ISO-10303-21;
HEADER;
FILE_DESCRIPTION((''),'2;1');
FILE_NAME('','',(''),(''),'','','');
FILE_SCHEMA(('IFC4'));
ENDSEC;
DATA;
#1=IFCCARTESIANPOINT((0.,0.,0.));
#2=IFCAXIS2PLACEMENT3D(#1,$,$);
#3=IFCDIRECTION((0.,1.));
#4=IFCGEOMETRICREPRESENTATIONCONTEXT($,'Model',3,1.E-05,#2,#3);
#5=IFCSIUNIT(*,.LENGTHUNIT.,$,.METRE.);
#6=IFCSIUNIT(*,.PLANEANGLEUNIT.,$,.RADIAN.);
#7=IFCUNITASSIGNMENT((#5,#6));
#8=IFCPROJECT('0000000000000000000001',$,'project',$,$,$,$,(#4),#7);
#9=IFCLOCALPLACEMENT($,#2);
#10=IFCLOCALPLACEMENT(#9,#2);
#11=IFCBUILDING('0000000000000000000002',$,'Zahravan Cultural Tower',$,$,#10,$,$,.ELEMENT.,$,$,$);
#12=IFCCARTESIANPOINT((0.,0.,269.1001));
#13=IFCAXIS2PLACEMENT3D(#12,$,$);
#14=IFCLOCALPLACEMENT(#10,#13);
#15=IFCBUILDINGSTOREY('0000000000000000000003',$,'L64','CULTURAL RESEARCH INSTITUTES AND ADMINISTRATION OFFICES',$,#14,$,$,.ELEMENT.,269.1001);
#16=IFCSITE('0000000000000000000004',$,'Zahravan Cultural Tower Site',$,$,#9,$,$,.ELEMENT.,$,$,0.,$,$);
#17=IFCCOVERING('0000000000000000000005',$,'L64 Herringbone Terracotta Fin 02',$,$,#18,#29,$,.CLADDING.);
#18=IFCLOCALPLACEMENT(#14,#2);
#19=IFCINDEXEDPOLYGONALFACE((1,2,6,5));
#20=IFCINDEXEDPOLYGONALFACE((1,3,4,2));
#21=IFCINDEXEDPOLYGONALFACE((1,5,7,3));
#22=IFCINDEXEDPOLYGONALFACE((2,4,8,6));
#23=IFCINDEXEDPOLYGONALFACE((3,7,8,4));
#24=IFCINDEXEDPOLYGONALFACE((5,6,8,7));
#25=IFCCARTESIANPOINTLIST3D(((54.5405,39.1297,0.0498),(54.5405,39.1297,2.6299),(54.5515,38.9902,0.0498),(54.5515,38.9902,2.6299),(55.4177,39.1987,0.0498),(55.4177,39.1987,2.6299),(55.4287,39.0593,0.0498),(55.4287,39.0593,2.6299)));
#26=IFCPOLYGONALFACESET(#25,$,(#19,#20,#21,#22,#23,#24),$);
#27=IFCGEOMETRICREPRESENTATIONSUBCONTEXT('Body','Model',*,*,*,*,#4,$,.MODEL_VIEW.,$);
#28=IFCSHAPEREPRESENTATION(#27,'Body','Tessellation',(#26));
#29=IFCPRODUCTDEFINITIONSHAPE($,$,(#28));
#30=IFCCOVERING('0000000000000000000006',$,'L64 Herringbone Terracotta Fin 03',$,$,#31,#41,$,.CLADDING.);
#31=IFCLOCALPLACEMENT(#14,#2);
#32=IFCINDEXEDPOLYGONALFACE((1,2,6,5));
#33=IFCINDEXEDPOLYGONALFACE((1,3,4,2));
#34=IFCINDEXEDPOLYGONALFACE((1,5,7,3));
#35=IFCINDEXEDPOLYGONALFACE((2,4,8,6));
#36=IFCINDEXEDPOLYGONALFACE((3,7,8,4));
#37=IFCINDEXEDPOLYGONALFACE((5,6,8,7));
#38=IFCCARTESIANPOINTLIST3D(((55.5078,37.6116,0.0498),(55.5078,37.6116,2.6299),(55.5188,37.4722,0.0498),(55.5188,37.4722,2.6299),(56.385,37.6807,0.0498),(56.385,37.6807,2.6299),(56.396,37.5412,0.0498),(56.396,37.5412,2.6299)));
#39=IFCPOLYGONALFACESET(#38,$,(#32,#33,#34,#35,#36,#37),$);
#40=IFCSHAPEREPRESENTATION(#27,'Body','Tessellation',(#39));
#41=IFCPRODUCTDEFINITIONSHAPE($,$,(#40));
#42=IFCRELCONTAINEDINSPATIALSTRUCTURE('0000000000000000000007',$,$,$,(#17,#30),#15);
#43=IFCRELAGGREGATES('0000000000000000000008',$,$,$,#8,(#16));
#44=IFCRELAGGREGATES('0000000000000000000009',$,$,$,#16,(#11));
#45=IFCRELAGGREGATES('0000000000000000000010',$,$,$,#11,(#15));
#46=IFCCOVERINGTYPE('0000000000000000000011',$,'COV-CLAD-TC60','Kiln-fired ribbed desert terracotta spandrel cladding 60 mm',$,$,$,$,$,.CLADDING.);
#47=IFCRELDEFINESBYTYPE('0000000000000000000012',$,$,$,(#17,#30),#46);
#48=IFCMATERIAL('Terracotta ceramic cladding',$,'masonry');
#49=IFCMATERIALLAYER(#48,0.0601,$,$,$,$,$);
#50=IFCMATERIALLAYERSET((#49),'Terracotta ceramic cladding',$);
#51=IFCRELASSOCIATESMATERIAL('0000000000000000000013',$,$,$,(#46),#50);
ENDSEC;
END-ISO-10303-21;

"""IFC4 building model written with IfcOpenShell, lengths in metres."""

from ifc_helpers import new_model, si_unit, direction, frame, origin, origin_2d, place, context, subcontext, project, spatial, rectangle, extrude, source, transform, mapped, material, layer, layer_set, type_object, element, save


model = new_model("IFC4")

# Units and contexts
model_context = context("Model", 3, precision=1e-05, world=origin(), true_north=direction((0.0, 1.0)))
body_context = subcontext(model_context, "Body", "Model", "MODEL_VIEW")
ifc_project = project(units=[si_unit("LENGTHUNIT", "METRE"), si_unit("PLANEANGLEUNIT", "RADIAN")], contexts=[model_context])

# Site, building, storey
site_placement = place(None, origin())
site = spatial("IfcSite", under=ifc_project, at=site_placement, Name="Zahravan Cultural Tower Site", CompositionType="ELEMENT", RefElevation=0.0)
building_placement = place(site_placement, origin())
building = spatial("IfcBuilding", under=site, at=building_placement, Name="Zahravan Cultural Tower", CompositionType="ELEMENT")
storey_placement = place(building_placement, frame((0.0, 0.0, 269.1001)))
storey = spatial("IfcBuildingStorey", under=building, at=storey_placement, Name="L64", Description="CULTURAL RESEARCH INSTITUTES AND ADMINISTRATION OFFICES", CompositionType="ELEMENT", Elevation=269.1001)

# Coverings
ifc_material_1 = material(Name="Terracotta ceramic cladding", Category="masonry")
ifc_layer_1 = layer(ifc_material_1, 0.0601)
ifc_layer_set_1 = layer_set([ifc_layer_1], Name="Terracotta ceramic cladding")
covering_type = type_object("IfcCoveringType", Name="COV-CLAD-TC60", Description="Kiln-fired ribbed desert terracotta spandrel cladding 60 mm", PredefinedType="CLADDING", material=ifc_layer_set_1)
shared_shape_1 = source(origin(), body_context, "Body", "SweptSolid", [
    extrude(rectangle(XDim=0.8799, YDim=0.1399, at=origin_2d()), origin(), (0.0, 0.0, 1.0), 2.5801),
])
for number, where, z_axis, x_axis, name in (
    (1, (54.9846, 39.0945, 0.0498), (0.0, 0.0, 1.0), (0.996917, 0.078459, 0.0), "L64 Herringbone Terracotta Fin 02"),
    (2, (55.9519, 37.5764, 0.0498), (0.0, 0.0, 1.0), (0.996917, 0.078459, 0.0), "L64 Herringbone Terracotta Fin 03"),
):
    element("IfcCovering", number, at=place(storey_placement, frame(where, z_axis=z_axis, x_axis=x_axis)), inside=storey, type_object=covering_type, Name=name, PredefinedType="CLADDING", context=body_context, shape_type="MappedRepresentation", body=[
        mapped(shared_shape_1, transform((0.0, 0.0, 0.0), x_axis=(1.0, 0.0, 0.0), y_axis=(0.0, 1.0, 0.0), z_axis=(0.0, 0.0, 1.0), scale=1.0)),
    ])

save(model, "model.ifc")
